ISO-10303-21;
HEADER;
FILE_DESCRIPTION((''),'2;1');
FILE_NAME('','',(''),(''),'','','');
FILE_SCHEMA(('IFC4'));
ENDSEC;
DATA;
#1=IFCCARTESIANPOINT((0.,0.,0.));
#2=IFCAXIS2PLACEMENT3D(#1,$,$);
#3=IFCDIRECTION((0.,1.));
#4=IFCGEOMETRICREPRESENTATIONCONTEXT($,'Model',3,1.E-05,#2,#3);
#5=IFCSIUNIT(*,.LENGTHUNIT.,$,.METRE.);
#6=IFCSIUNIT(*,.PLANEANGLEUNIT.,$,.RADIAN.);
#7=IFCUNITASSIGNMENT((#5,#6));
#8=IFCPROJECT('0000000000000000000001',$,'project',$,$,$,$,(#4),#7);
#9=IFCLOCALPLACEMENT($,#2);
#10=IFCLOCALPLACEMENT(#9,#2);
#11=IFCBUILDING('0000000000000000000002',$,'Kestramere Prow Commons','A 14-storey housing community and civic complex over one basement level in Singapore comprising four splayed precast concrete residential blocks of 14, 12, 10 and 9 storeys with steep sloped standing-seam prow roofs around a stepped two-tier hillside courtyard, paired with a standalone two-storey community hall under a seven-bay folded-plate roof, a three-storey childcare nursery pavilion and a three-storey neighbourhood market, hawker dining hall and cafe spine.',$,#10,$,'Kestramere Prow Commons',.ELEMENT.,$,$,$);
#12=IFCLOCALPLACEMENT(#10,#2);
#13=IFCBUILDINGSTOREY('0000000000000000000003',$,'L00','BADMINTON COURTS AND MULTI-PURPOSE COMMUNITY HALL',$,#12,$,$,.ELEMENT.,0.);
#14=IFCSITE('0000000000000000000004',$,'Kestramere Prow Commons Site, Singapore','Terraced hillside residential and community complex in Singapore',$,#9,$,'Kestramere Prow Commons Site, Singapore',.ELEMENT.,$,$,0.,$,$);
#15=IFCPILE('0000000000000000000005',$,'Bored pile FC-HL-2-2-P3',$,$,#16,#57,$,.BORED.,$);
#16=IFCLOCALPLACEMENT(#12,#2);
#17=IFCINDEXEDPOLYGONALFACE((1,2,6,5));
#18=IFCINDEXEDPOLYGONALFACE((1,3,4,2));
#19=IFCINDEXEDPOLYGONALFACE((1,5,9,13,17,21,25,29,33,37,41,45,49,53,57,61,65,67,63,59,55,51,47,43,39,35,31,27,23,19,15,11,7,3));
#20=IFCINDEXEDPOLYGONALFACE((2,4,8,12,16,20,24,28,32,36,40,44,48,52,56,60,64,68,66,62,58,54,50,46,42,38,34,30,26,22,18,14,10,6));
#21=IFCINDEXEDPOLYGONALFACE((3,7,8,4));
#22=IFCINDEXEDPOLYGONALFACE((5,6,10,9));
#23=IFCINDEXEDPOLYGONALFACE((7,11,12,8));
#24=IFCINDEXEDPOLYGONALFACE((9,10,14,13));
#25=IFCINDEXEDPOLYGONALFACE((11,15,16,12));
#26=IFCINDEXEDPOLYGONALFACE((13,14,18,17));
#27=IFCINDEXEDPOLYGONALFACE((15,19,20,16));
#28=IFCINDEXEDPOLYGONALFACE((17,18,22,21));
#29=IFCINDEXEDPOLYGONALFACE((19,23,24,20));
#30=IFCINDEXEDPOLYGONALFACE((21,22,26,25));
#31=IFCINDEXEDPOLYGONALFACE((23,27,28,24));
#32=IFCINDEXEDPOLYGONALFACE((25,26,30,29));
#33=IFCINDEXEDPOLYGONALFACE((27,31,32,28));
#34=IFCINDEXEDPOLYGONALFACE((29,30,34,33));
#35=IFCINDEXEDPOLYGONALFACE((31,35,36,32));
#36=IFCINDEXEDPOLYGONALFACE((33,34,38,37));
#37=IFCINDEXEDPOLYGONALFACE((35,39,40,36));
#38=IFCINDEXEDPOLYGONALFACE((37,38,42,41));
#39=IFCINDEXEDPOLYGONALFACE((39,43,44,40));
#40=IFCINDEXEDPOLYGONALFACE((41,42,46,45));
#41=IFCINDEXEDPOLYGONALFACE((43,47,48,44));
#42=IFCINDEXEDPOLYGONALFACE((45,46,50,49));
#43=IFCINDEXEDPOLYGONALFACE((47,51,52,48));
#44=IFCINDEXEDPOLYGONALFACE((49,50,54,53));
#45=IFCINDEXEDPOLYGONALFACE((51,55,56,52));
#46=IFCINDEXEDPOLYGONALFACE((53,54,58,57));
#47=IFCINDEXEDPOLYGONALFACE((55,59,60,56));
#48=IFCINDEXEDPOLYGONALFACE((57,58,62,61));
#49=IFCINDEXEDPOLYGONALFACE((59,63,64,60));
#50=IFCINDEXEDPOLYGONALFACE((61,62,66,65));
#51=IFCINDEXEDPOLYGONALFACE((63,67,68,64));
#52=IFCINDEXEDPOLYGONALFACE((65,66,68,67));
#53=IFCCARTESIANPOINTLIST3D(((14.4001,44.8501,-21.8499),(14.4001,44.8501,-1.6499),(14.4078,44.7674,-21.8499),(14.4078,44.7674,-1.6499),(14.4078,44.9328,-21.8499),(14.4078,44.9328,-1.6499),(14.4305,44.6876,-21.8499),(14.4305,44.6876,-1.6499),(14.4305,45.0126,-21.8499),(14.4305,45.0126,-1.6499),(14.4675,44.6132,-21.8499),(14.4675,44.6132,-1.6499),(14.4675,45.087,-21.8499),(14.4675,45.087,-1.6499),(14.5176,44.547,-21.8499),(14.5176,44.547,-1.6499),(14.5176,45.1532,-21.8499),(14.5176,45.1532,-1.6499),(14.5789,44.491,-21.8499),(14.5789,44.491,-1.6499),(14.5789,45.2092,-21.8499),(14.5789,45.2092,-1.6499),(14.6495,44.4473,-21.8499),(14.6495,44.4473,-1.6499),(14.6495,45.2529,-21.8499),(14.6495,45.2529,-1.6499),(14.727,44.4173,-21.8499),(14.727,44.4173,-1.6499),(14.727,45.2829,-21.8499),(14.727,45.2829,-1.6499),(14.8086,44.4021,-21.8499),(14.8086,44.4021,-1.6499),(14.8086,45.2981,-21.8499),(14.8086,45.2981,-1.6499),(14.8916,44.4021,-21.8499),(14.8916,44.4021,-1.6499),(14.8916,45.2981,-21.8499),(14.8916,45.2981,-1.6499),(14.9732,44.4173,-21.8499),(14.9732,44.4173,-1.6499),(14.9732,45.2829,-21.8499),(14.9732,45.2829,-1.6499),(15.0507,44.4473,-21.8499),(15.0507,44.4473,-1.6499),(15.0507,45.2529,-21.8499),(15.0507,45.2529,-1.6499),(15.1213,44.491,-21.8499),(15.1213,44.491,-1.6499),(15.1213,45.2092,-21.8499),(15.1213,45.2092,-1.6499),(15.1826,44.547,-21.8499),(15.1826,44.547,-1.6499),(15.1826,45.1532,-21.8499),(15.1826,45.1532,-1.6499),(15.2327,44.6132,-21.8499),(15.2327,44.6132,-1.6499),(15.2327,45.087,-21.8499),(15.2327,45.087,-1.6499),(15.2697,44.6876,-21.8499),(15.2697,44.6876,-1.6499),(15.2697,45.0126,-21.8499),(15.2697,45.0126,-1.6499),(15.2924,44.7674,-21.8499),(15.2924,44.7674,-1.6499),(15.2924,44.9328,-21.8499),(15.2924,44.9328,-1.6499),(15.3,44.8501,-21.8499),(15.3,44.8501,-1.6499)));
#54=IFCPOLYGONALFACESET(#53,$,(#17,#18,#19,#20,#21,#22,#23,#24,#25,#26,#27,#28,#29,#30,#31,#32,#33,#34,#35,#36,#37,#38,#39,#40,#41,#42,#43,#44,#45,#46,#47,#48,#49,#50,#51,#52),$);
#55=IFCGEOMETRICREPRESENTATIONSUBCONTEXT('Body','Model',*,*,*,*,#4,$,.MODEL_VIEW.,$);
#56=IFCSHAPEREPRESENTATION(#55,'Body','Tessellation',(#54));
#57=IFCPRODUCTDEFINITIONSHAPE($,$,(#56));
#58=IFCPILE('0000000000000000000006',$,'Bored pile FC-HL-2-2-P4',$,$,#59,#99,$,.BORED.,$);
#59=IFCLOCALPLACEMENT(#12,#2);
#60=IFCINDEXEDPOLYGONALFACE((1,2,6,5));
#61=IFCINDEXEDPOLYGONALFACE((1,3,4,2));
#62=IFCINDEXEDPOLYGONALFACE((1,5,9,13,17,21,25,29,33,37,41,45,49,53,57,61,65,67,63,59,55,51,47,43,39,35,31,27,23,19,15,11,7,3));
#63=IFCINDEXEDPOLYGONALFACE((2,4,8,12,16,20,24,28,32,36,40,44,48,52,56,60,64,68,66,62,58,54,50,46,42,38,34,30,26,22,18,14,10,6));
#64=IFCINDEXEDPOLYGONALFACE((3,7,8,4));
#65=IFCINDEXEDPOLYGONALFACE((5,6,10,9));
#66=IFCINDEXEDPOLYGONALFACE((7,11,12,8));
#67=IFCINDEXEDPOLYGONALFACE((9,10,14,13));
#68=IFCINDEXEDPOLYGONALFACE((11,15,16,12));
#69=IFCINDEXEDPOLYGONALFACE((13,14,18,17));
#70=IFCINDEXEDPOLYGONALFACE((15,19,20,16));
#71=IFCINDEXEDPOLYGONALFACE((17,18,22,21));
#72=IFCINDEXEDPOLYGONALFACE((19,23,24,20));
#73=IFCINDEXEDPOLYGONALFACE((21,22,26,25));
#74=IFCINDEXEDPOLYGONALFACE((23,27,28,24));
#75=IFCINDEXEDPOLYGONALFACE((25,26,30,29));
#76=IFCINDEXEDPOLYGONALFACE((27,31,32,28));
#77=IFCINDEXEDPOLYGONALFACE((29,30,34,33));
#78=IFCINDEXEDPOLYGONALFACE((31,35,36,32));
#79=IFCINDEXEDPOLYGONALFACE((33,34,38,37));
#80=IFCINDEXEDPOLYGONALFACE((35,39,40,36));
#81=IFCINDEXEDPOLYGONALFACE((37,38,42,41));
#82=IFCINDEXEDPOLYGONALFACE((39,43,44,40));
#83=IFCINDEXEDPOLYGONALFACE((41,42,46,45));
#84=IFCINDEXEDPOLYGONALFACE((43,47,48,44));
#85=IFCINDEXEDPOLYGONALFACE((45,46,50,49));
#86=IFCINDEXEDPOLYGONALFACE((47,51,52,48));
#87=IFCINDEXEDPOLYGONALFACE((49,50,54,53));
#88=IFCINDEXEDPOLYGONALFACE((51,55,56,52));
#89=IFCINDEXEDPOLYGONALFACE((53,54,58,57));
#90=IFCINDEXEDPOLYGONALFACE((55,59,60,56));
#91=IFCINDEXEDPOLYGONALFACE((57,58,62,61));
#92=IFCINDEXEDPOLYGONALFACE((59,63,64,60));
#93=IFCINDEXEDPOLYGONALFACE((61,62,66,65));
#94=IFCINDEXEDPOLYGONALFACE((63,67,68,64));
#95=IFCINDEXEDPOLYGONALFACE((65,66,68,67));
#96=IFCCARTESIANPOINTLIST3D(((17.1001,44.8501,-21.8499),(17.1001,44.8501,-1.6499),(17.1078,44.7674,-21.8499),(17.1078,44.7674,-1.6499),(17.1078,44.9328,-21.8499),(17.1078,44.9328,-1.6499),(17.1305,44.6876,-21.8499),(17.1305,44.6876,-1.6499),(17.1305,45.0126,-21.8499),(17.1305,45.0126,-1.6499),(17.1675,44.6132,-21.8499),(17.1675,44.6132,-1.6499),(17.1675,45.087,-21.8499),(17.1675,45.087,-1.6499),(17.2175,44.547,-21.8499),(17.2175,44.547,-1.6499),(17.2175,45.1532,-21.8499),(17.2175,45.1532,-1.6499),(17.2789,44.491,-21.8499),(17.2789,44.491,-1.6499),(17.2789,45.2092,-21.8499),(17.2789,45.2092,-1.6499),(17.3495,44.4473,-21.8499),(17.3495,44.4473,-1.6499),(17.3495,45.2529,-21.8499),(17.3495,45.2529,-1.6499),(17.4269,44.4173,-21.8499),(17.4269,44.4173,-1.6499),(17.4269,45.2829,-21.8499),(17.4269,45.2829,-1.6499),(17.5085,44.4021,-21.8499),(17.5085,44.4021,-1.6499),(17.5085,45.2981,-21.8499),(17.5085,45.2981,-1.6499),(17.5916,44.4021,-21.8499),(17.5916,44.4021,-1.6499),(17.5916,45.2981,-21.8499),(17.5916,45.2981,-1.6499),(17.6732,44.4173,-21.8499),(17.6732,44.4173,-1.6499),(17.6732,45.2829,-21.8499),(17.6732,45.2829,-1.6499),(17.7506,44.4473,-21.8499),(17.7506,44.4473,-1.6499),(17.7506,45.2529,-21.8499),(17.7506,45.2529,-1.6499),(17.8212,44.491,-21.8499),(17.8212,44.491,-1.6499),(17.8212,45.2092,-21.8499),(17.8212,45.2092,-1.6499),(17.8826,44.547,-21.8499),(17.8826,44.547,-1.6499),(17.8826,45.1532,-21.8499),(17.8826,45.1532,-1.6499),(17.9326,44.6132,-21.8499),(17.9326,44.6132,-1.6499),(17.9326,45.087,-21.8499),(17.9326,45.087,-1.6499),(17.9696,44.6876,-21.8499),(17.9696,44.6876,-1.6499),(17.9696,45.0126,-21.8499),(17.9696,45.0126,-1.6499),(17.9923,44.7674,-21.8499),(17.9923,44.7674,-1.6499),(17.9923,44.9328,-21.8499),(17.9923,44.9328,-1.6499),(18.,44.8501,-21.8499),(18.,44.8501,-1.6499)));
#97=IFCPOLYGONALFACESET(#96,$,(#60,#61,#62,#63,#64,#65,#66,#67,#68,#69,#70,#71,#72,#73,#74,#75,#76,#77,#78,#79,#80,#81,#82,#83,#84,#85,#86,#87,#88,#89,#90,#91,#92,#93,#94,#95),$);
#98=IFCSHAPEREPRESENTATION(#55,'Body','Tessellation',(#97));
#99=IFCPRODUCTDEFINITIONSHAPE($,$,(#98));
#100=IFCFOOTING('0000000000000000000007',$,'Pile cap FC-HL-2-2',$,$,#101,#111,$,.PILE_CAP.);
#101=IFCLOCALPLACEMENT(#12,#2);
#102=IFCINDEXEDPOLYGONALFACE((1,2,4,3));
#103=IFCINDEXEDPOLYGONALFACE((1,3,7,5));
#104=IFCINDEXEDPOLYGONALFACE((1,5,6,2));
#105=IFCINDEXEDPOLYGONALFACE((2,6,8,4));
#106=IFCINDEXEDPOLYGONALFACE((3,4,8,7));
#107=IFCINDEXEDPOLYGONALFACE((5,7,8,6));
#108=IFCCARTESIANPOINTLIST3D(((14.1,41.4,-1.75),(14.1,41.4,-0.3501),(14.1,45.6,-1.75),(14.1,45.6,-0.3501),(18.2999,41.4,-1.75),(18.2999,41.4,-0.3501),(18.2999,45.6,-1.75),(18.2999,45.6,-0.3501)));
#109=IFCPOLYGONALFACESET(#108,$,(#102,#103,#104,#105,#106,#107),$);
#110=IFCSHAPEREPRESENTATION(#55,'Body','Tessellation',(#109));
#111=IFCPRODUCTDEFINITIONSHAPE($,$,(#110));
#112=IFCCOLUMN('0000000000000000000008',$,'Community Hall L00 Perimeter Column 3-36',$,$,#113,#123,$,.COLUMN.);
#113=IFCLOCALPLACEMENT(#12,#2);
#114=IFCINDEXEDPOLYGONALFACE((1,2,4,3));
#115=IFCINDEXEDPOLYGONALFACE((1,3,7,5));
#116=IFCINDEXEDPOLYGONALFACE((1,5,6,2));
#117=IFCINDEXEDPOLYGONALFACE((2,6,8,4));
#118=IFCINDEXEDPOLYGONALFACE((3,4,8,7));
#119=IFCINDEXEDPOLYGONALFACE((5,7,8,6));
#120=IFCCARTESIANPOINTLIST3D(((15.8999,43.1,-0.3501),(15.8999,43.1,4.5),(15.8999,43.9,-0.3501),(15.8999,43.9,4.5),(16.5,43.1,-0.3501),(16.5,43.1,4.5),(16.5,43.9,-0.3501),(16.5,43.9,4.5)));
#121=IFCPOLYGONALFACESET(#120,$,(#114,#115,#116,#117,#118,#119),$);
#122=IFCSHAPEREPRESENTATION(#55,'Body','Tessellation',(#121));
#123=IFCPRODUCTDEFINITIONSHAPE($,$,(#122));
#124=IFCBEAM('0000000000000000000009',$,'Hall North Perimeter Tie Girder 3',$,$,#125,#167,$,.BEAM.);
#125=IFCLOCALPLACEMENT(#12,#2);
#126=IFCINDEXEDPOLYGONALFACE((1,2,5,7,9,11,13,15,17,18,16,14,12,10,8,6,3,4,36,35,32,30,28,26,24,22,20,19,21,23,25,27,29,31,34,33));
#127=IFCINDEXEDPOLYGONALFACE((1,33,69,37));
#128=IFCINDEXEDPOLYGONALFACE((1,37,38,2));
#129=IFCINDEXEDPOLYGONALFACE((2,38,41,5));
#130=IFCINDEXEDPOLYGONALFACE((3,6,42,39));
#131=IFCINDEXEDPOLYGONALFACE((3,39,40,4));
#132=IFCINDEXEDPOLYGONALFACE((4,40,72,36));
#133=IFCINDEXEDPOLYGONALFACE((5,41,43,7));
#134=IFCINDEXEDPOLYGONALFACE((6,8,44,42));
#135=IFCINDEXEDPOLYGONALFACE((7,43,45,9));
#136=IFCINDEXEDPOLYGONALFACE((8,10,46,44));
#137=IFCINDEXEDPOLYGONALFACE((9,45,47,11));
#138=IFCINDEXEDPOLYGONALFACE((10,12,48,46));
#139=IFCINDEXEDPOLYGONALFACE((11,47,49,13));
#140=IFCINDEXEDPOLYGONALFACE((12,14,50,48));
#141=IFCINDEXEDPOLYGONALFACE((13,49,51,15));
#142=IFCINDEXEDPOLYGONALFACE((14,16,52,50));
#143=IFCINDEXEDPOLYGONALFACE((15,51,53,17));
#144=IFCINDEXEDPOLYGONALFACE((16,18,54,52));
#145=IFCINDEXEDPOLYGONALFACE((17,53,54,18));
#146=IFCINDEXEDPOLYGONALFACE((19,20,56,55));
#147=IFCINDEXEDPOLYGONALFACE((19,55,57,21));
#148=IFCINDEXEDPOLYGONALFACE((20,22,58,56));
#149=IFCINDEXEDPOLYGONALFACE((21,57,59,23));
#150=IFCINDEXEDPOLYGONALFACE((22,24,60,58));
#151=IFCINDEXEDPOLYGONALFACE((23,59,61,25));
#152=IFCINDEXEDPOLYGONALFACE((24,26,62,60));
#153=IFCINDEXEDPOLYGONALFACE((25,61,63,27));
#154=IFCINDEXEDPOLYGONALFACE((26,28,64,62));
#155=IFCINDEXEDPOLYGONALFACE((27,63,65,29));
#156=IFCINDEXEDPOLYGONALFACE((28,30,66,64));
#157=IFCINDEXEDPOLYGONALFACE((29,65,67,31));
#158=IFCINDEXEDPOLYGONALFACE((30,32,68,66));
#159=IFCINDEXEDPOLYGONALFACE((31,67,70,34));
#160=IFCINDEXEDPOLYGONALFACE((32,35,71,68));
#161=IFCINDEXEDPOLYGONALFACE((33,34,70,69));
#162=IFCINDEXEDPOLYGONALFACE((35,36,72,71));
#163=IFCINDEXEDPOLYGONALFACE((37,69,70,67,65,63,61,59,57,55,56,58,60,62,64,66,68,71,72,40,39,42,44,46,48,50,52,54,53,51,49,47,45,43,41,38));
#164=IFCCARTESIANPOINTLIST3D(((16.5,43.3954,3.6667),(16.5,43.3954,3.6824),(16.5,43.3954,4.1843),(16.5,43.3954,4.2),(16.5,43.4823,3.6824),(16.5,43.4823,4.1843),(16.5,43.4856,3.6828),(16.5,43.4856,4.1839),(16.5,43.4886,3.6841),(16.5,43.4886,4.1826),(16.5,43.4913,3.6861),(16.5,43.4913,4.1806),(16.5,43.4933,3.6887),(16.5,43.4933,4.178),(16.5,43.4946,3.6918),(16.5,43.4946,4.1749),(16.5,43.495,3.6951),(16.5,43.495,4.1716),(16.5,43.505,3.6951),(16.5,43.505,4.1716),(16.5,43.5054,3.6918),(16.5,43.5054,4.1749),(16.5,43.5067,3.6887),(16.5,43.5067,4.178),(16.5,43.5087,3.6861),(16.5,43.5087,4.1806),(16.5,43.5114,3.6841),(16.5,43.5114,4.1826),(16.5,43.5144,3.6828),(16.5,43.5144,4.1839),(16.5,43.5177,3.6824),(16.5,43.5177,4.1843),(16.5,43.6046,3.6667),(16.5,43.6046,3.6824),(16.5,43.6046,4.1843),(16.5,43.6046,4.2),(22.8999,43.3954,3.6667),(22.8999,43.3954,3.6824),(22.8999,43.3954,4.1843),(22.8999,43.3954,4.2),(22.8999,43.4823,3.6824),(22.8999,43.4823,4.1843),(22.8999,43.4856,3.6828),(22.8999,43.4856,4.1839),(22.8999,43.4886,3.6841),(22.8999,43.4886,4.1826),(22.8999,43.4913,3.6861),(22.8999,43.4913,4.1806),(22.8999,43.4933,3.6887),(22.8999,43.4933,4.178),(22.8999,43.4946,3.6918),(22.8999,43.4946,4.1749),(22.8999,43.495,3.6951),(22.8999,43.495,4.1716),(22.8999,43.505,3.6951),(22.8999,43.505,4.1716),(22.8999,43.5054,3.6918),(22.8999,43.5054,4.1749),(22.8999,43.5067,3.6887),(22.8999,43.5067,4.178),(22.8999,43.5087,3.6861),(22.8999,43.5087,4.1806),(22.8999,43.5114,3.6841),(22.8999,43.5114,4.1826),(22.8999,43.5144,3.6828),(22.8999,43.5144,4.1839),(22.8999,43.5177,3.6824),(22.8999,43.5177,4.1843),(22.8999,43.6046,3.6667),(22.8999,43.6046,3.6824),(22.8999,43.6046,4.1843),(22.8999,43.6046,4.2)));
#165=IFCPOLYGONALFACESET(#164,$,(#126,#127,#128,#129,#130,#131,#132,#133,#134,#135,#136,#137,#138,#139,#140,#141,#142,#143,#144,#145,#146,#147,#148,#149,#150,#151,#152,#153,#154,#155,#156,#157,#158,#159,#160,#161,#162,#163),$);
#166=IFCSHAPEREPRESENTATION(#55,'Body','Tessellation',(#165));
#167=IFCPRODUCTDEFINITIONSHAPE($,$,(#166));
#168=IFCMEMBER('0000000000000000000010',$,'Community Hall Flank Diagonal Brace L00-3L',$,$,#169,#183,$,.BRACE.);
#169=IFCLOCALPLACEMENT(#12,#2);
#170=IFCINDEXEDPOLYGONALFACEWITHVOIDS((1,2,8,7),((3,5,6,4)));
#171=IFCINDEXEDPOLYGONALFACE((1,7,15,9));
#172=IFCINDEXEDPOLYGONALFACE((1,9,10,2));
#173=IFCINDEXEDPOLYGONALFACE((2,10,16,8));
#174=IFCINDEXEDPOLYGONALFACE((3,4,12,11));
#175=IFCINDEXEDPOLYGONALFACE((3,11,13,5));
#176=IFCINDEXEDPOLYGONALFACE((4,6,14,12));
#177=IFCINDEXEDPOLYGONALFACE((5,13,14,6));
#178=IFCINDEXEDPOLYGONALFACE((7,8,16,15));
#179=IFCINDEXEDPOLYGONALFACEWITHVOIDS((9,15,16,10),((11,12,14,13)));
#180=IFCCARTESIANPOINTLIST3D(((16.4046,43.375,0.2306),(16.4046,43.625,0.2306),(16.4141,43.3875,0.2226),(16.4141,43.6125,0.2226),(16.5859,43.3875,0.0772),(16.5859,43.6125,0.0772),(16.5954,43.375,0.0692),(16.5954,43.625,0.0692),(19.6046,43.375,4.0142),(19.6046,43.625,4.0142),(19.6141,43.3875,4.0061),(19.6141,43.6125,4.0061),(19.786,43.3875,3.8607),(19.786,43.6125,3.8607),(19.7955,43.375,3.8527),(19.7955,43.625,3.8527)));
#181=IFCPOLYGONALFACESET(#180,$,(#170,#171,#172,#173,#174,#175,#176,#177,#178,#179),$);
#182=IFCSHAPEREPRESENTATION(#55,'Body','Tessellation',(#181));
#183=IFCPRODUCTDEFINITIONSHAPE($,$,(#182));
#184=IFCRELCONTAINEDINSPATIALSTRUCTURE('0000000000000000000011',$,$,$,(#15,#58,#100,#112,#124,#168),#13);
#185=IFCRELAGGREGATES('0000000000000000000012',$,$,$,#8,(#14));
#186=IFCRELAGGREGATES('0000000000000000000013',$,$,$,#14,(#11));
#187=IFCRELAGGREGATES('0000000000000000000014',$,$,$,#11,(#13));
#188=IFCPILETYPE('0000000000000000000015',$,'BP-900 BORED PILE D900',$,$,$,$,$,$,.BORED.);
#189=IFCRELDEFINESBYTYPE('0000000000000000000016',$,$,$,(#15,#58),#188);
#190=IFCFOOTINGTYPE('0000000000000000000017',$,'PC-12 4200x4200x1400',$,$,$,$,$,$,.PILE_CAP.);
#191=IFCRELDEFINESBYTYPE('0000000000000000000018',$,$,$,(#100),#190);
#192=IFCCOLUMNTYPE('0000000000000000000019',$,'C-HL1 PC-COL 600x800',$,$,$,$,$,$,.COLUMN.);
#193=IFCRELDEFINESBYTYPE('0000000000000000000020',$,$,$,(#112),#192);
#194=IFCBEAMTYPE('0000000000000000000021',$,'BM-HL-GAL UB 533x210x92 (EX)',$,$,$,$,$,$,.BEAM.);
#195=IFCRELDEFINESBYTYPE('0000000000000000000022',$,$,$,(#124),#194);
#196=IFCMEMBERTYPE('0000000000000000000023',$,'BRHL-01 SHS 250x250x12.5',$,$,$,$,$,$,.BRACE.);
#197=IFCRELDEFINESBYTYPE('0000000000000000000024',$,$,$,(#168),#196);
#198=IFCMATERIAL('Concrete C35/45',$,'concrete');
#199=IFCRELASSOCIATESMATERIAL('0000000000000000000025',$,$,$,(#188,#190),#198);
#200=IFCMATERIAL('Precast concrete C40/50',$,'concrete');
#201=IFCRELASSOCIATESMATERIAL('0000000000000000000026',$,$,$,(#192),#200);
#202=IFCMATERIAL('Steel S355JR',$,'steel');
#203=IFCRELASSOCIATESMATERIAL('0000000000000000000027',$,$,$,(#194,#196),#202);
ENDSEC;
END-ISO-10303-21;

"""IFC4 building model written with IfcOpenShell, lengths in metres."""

from ifc_helpers import new_model, si_unit, direction, frame, origin, origin_2d, place, context, subcontext, project, spatial, rectangle, hollow_rectangle, circle, i_section, extrude, material, material_profile, profile_set, type_object, element, save


model = new_model("IFC4")

# Units and contexts
model_context = context("Model", 3, precision=1e-05, world=origin(), true_north=direction((0.0, 1.0)))
body_context = subcontext(model_context, "Body", "Model", "MODEL_VIEW")
ifc_project = project(units=[si_unit("LENGTHUNIT", "METRE"), si_unit("PLANEANGLEUNIT", "RADIAN")], contexts=[model_context])

# Site, building, storey
site_placement = place(None, origin())
site = spatial("IfcSite", under=ifc_project, at=site_placement, Name="Kestramere Prow Commons Site, Singapore", Description="Terraced hillside residential and community complex in Singapore", LongName="Kestramere Prow Commons Site, Singapore", CompositionType="ELEMENT", RefElevation=0.0)
building_placement = place(site_placement, origin())
building = spatial("IfcBuilding", under=site, at=building_placement, Name="Kestramere Prow Commons", Description="A 14-storey housing community and civic complex over one basement level in Singapore comprising four splayed precast concrete residential blocks of 14, 12, 10 and 9 storeys with steep sloped standing-seam prow roofs around a stepped two-tier hillside courtyard, paired with a standalone two-storey community hall under a seven-bay folded-plate roof, a three-storey childcare nursery pavilion and a three-storey neighbourhood market, hawker dining hall and cafe spine.", LongName="Kestramere Prow Commons", CompositionType="ELEMENT")
storey_placement = place(building_placement, origin())
storey = spatial("IfcBuildingStorey", under=building, at=storey_placement, Name="L00", Description="BADMINTON COURTS AND MULTI-PURPOSE COMMUNITY HALL", CompositionType="ELEMENT", Elevation=0.0)

# Piles
ifc_material_1 = material(Name="Concrete C35/45", Category="concrete")
ifc_material_profile_1 = material_profile(ifc_material_1, circle(Radius=0.45, at=origin_2d()), Name="BORED PILE D900")
ifc_profile_set_1 = profile_set([ifc_material_profile_1], Name="Concrete C35/45")
pile_type = type_object("IfcPileType", Name="BP-900 BORED PILE D900", PredefinedType="BORED", material=ifc_profile_set_1)
for number, where, z_axis, x_axis, name in (
    (1, (14.8501, 44.8501, -1.6499), (0.0, 0.0, -1.0), (1.0, 0.0, 0.0), "Bored pile FC-HL-2-2-P3"),
    (2, (17.55, 44.8501, -1.6499), (0.0, 0.0, -1.0), (1.0, 0.0, 0.0), "Bored pile FC-HL-2-2-P4"),
):
    element("IfcPile", number, at=place(storey_placement, frame(where, z_axis=z_axis, x_axis=x_axis)), inside=storey, type_object=pile_type, Name=name, PredefinedType="BORED", context=body_context, shape_type="SweptSolid", body=[
        extrude(circle(Radius=0.45, at=origin_2d()), origin(), (0.0, 0.0, 1.0), 20.2),
    ])

# Footing
footing_type = type_object("IfcFootingType", Name="PC-12 4200x4200x1400", PredefinedType="PILE_CAP", material=ifc_material_1)
footing_placement = place(storey_placement, frame((16.2, 43.5, -1.75), z_axis=(0.0, 0.0, 1.0), x_axis=(1.0, 0.0, 0.0)))
element("IfcFooting", 3, at=footing_placement, inside=storey, type_object=footing_type, Name="Pile cap FC-HL-2-2", PredefinedType="PILE_CAP", context=body_context, shape_type="SweptSolid", body=[
    extrude(rectangle(XDim=4.2, YDim=4.2, at=origin_2d()), origin(), (0.0, 0.0, 1.0), 1.3999),
])

# Column
ifc_material_2 = material(Name="Precast concrete C40/50", Category="concrete")
ifc_material_profile_2 = material_profile(ifc_material_2, rectangle(XDim=0.6001, YDim=0.8, at=origin_2d()), Name="PC-COL 600x800")
ifc_profile_set_2 = profile_set([ifc_material_profile_2], Name="Precast concrete C40/50")
column_type = type_object("IfcColumnType", Name="C-HL1 PC-COL 600x800", PredefinedType="COLUMN", material=ifc_profile_set_2)
column_placement = place(storey_placement, frame((16.2, 43.5, -0.3501), z_axis=(0.0, 0.0, 1.0), x_axis=(1.0, 0.0, 0.0)))
element("IfcColumn", 4, at=column_placement, inside=storey, type_object=column_type, Name="Community Hall L00 Perimeter Column 3-36", PredefinedType="COLUMN", context=body_context, shape_type="SweptSolid", body=[
    extrude(rectangle(XDim=0.6001, YDim=0.8, at=origin_2d()), origin(), (0.0, 0.0, 1.0), 4.8501),
])

# Beam
ifc_material_3 = material(Name="Steel S355JR", Category="steel")
ifc_material_profile_3 = material_profile(ifc_material_3, i_section(OverallWidth=0.2092, OverallDepth=0.5332, WebThickness=0.01, FlangeThickness=0.0156, FilletRadius=0.0127, at=origin_2d()), Name="UB 533x210x92")
ifc_profile_set_3 = profile_set([ifc_material_profile_3], Name="Steel S355JR")
beam_type = type_object("IfcBeamType", Name="BM-HL-GAL UB 533x210x92 (EX)", PredefinedType="BEAM", material=ifc_profile_set_3)
beam_placement = place(storey_placement, frame((16.5, 43.5, 3.9333), z_axis=(1.0, 0.0, 0.0), x_axis=(0.0, 1.0, 0.0)))
element("IfcBeam", 5, at=beam_placement, inside=storey, type_object=beam_type, Name="Hall North Perimeter Tie Girder 3", PredefinedType="BEAM", context=body_context, shape_type="SweptSolid", body=[
    extrude(i_section(OverallWidth=0.2092, OverallDepth=0.5332, WebThickness=0.01, FlangeThickness=0.0156, FilletRadius=0.0127, at=origin_2d()), origin(), (0.0, 0.0, 1.0), 6.3999),
])

# Member
ifc_material_profile_4 = material_profile(ifc_material_3, hollow_rectangle(XDim=0.25, YDim=0.25, WallThickness=0.0125, at=origin_2d()), Name="SHS 250x250x12.5")
ifc_profile_set_4 = profile_set([ifc_material_profile_4], Name="Steel S355JR")
member_type_1 = type_object("IfcMemberType", Name="BRHL-01 SHS 250x250x12.5", PredefinedType="BRACE", material=ifc_profile_set_4)
member_1_placement = place(storey_placement, frame((16.5, 43.5, 0.1499), z_axis=(0.645774, 0.0, 0.763528), x_axis=(0.0, 1.0, 0.0)))
element("IfcMember", 6, at=member_1_placement, inside=storey, type_object=member_type_1, Name="Community Hall Flank Diagonal Brace L00-3L", PredefinedType="BRACE", context=body_context, shape_type="SweptSolid", body=[
    extrude(hollow_rectangle(XDim=0.25, YDim=0.25, WallThickness=0.0125, at=origin_2d()), origin(), (0.0, 0.0, 1.0), 4.9553),
])

save(model, "model.ifc")
